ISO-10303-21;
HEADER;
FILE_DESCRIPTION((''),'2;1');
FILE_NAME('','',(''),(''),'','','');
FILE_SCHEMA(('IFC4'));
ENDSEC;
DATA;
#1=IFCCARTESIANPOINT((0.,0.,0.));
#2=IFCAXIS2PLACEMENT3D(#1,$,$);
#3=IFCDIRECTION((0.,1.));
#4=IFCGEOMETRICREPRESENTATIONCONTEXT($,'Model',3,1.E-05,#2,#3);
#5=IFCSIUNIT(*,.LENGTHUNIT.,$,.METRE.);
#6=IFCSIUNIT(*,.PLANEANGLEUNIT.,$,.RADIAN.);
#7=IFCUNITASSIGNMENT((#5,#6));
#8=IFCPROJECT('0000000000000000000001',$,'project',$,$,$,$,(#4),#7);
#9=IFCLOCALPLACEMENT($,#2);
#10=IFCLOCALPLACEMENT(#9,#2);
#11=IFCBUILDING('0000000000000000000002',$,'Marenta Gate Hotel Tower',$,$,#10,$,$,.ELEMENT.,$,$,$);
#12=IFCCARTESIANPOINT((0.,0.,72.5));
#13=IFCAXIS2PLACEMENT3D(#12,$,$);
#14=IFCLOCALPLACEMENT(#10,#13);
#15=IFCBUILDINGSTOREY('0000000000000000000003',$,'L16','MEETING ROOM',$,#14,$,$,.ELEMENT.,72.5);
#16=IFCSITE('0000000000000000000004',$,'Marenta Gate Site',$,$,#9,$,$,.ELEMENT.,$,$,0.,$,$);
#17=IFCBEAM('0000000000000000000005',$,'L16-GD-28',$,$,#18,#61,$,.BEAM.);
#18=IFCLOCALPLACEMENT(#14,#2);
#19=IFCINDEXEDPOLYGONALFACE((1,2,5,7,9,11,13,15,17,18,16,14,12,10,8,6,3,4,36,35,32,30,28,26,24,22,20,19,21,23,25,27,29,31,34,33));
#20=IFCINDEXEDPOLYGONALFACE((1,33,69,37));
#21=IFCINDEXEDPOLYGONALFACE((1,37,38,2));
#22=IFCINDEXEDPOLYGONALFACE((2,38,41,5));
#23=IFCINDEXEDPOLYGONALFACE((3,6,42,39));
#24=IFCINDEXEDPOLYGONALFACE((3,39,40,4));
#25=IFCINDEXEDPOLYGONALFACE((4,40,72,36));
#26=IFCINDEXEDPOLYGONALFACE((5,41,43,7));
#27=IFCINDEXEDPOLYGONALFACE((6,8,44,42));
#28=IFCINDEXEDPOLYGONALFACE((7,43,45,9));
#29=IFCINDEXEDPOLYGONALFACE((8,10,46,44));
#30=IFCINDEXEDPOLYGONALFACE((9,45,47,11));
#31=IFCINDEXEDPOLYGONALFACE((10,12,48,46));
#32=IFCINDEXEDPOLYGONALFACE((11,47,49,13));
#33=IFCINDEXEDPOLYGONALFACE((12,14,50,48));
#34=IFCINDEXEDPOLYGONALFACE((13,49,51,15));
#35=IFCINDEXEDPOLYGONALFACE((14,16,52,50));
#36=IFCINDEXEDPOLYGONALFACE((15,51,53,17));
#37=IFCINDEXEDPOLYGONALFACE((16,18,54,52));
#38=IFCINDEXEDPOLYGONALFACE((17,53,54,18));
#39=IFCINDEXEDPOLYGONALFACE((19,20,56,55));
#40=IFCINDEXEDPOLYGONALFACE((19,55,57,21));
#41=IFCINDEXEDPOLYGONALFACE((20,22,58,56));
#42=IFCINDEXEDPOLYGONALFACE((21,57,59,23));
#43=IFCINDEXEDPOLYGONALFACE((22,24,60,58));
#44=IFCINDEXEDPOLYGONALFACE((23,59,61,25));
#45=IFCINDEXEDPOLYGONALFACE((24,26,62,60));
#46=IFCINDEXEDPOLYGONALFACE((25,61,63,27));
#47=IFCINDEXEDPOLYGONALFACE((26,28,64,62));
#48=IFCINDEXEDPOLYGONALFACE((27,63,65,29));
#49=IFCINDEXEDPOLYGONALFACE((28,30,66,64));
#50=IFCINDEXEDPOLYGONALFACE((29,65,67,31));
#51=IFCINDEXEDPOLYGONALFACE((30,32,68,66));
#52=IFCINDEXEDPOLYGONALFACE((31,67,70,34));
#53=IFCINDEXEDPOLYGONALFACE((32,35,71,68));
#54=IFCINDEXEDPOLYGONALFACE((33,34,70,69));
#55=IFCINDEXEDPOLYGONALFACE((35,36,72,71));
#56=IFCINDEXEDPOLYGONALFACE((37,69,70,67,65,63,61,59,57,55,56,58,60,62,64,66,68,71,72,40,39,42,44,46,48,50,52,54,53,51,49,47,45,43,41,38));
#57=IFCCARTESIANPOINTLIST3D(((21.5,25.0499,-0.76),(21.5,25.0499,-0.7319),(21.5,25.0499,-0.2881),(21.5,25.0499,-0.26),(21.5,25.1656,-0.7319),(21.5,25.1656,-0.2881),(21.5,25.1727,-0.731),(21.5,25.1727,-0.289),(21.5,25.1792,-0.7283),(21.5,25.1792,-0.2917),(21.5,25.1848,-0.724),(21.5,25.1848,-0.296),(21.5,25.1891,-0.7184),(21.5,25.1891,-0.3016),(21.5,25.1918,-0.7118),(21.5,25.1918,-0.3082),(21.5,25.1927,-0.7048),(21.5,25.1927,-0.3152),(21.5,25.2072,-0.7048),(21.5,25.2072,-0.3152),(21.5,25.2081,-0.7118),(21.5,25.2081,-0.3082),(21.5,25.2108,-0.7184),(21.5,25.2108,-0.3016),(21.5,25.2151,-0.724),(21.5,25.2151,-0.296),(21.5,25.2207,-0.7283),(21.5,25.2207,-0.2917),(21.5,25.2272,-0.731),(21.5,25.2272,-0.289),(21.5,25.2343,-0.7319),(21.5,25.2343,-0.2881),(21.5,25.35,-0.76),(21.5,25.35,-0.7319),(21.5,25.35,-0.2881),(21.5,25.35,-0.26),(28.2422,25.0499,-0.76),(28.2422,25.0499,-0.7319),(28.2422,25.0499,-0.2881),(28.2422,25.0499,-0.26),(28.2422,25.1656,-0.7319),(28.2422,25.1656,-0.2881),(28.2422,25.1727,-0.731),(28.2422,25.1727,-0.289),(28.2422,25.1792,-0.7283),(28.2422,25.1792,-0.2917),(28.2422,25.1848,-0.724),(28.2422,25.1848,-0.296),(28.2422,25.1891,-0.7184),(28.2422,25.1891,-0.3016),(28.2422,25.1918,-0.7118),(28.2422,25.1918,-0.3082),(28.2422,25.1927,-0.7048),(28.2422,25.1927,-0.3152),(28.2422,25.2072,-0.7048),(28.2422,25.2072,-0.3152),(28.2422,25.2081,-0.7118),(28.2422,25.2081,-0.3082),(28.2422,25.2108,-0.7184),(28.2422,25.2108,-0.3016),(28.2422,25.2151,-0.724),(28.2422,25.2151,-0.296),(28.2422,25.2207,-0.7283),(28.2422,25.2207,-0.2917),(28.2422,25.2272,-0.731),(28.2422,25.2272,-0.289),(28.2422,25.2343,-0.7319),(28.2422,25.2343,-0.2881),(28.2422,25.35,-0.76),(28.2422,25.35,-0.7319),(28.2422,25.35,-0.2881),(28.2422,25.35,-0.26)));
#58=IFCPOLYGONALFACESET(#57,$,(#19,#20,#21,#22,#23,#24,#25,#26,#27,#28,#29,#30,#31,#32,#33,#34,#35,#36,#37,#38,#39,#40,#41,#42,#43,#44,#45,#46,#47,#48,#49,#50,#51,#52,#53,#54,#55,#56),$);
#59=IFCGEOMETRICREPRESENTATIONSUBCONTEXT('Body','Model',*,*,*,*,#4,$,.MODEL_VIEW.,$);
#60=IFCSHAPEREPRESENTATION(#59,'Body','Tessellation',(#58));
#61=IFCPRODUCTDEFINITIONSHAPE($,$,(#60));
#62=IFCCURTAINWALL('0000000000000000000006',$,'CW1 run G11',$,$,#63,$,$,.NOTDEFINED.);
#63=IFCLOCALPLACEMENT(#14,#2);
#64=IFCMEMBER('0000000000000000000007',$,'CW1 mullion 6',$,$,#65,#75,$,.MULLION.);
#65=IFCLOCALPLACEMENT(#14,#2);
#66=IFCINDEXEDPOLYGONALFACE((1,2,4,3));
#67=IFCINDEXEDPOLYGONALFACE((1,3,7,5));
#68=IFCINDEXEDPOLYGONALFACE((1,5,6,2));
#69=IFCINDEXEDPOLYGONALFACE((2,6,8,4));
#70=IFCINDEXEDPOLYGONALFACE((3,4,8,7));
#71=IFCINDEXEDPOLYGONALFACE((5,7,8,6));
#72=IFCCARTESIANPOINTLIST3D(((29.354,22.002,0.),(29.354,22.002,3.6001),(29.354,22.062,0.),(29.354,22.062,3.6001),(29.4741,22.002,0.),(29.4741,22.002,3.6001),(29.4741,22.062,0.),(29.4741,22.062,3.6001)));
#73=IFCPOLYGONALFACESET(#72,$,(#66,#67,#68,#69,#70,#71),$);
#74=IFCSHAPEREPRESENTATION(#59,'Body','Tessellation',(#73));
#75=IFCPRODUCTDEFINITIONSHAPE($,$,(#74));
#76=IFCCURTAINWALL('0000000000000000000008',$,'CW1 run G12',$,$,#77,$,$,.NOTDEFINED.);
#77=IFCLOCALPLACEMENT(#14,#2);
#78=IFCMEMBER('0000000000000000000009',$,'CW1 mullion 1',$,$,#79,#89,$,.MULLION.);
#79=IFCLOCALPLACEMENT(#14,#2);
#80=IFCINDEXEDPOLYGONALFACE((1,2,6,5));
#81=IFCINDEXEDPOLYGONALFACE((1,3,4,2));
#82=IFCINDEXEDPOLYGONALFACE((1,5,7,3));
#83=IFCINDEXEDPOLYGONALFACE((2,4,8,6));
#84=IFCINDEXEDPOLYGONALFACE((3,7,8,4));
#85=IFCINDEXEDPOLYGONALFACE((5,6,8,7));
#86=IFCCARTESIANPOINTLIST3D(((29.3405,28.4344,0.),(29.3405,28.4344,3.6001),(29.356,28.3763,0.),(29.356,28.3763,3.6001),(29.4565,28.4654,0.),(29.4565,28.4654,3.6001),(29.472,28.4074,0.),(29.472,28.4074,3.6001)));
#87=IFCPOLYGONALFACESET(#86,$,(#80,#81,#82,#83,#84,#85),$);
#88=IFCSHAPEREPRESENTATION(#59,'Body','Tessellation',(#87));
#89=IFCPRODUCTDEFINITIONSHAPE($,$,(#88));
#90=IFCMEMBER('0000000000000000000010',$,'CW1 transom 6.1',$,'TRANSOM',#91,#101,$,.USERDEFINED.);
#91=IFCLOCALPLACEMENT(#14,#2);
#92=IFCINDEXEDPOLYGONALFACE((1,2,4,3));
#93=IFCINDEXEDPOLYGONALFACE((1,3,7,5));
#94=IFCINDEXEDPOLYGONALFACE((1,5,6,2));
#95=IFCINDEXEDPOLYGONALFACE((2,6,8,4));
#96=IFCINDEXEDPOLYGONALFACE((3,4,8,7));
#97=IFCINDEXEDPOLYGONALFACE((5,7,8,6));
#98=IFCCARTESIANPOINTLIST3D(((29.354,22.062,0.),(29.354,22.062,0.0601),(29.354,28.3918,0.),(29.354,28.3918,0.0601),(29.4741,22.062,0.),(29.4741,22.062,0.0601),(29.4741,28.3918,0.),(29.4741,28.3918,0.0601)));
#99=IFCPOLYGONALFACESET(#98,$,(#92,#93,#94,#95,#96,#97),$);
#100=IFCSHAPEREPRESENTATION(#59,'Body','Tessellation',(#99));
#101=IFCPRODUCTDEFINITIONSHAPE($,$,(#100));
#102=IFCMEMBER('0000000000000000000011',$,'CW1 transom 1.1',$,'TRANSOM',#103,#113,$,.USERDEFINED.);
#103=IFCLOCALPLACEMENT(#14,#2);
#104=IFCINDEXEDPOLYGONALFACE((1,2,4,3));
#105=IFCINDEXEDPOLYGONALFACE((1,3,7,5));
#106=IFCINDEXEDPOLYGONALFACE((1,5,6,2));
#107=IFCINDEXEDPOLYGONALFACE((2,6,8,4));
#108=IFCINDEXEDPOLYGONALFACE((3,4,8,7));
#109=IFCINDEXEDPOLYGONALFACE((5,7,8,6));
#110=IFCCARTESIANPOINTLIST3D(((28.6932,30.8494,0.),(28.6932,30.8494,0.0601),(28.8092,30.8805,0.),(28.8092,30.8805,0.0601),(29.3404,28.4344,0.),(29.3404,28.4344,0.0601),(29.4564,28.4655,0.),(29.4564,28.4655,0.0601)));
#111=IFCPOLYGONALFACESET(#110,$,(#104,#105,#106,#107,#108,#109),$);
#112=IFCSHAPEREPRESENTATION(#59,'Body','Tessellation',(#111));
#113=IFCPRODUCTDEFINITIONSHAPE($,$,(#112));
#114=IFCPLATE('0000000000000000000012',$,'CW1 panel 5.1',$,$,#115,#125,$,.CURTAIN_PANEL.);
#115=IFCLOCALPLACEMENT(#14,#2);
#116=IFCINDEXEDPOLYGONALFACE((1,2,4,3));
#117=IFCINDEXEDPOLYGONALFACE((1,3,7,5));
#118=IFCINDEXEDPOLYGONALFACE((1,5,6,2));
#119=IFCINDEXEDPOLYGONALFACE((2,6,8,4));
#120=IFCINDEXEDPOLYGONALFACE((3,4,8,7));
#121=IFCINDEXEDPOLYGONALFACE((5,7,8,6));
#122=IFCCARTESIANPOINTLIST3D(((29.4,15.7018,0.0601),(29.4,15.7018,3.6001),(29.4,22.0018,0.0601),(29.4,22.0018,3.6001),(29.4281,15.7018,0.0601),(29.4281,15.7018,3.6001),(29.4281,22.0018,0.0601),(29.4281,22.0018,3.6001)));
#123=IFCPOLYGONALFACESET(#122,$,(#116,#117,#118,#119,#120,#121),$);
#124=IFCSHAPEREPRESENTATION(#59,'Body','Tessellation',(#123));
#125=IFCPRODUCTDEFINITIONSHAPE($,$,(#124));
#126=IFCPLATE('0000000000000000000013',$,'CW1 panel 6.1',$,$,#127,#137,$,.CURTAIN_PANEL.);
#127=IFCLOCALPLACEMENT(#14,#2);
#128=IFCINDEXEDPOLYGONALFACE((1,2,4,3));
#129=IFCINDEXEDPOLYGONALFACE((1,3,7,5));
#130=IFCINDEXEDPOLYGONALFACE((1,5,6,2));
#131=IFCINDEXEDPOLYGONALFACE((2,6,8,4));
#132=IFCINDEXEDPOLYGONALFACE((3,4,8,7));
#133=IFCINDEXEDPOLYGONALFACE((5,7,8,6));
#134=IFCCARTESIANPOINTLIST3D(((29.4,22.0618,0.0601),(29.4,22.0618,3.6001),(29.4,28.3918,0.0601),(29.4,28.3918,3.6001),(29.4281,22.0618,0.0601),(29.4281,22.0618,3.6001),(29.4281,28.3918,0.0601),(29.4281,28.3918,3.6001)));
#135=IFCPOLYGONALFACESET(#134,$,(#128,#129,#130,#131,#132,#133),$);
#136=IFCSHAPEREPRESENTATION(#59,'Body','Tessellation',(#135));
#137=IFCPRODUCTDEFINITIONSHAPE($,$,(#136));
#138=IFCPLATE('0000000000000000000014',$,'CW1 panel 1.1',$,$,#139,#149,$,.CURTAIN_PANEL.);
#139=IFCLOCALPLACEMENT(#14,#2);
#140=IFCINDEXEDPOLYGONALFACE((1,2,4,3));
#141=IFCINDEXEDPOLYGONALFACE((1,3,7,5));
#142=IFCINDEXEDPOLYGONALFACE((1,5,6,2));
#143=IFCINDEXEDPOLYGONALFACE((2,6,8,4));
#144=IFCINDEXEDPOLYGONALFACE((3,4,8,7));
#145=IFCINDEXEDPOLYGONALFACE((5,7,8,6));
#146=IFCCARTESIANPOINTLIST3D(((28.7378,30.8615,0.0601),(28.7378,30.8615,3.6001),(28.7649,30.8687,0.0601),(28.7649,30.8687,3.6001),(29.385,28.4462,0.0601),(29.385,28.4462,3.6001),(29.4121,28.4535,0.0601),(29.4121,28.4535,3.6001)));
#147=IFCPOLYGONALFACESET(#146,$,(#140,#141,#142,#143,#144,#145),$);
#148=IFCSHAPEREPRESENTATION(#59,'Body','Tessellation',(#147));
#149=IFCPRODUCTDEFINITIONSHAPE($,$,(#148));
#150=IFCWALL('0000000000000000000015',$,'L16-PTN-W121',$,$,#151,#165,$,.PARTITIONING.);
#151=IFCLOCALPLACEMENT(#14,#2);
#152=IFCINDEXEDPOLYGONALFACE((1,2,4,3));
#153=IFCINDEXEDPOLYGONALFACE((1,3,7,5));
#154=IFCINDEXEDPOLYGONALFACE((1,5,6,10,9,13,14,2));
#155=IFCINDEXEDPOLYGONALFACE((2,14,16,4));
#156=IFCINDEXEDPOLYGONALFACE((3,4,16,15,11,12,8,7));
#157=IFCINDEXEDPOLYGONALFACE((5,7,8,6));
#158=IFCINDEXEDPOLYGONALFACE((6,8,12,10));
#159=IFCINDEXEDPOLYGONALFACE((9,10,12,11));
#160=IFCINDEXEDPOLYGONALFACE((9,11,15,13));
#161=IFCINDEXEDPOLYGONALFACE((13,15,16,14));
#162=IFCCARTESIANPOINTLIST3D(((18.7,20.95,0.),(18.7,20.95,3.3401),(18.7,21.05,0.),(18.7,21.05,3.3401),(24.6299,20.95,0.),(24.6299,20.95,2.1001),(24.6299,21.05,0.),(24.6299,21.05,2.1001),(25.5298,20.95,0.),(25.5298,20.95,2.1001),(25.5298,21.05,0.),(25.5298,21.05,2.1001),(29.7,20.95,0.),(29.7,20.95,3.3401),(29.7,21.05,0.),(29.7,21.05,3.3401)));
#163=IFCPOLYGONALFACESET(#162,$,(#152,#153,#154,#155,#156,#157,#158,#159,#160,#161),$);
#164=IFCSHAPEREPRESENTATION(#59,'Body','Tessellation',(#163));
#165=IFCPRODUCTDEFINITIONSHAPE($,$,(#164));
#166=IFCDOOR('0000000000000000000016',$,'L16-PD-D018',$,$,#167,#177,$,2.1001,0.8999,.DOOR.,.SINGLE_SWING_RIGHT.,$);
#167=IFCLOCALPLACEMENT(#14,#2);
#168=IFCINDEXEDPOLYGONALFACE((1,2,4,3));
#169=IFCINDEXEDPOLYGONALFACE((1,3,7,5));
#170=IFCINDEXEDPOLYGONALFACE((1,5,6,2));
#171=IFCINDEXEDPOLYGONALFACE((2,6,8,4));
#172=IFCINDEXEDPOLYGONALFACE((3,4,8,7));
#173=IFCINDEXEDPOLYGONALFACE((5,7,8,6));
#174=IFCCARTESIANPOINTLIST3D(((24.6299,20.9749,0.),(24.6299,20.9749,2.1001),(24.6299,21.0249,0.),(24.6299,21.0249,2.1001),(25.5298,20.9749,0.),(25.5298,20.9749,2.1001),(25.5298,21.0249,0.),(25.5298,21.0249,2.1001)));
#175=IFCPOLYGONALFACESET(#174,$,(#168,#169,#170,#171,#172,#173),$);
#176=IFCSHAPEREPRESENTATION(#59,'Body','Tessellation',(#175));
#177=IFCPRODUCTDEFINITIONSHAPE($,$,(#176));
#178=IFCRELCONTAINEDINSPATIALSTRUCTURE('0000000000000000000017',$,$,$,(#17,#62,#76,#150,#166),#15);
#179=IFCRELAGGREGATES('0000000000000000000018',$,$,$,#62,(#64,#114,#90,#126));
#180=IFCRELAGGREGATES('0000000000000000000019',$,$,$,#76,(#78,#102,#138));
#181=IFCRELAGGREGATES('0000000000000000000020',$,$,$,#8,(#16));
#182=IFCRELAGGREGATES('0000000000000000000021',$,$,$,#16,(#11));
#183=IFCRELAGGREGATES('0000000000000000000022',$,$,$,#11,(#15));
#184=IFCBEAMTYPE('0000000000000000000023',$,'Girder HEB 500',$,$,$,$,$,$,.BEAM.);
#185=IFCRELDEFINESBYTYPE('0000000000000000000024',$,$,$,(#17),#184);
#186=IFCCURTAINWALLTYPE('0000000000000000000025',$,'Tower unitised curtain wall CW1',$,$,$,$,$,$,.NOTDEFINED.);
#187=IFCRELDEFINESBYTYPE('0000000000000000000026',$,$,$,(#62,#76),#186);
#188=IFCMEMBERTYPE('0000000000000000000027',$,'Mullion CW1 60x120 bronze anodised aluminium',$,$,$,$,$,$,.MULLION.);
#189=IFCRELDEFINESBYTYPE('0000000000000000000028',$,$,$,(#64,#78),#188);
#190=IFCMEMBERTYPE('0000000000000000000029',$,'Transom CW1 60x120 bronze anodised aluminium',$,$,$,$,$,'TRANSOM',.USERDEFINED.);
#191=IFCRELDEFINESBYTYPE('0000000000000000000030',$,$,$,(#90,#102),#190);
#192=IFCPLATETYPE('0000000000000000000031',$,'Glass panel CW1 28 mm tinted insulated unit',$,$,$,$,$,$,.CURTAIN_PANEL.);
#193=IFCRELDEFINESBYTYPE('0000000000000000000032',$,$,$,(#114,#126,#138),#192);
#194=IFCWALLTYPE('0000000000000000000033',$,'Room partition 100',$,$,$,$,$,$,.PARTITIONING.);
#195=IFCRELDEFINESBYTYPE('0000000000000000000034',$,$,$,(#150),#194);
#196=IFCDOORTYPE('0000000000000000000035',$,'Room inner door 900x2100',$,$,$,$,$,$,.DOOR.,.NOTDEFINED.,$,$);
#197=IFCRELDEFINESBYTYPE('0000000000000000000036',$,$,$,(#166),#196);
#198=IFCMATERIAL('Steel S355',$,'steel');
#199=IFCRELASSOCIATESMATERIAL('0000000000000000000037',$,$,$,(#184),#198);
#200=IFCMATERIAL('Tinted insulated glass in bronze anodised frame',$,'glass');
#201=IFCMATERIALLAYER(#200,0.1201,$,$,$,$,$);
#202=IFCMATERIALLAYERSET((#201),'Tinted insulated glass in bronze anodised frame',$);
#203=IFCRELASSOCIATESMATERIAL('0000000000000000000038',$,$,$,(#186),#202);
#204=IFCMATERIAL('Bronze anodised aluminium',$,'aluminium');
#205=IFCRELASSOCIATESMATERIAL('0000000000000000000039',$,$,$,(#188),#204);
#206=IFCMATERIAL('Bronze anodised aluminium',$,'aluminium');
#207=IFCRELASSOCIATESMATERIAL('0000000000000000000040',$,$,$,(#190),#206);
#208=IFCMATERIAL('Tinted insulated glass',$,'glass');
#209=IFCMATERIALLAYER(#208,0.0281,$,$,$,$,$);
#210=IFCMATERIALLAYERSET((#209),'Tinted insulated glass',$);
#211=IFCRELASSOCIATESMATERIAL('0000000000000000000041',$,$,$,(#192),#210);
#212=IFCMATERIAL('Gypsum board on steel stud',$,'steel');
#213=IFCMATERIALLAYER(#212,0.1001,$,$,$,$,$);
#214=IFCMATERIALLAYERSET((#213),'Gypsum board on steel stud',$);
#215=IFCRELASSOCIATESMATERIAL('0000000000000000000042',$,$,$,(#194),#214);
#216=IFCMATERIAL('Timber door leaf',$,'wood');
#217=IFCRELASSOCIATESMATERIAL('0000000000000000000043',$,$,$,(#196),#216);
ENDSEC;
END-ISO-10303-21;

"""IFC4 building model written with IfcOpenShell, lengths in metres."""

from ifc_helpers import new_model, si_unit, direction, frame, frame_2d, origin, origin_2d, place, context, subcontext, project, spatial, rectangle, i_section, extrude, material, layer, layer_set, material_profile, profile_set, type_object, element, fill, aggregate, save


model = new_model("IFC4")

# Units and contexts
model_context = context("Model", 3, precision=1e-05, world=origin(), true_north=direction((0.0, 1.0)))
body_context = subcontext(model_context, "Body", "Model", "MODEL_VIEW")
ifc_project = project(units=[si_unit("LENGTHUNIT", "METRE"), si_unit("PLANEANGLEUNIT", "RADIAN")], contexts=[model_context])

# Site, building, storey
site_placement = place(None, origin())
site = spatial("IfcSite", under=ifc_project, at=site_placement, Name="Marenta Gate Site", CompositionType="ELEMENT", RefElevation=0.0)
building_placement = place(site_placement, origin())
building = spatial("IfcBuilding", under=site, at=building_placement, Name="Marenta Gate Hotel Tower", CompositionType="ELEMENT")
storey_placement = place(building_placement, frame((0.0, 0.0, 72.5)))
storey = spatial("IfcBuildingStorey", under=building, at=storey_placement, Name="L16", Description="MEETING ROOM", CompositionType="ELEMENT", Elevation=72.5)

# Beam
ifc_material_1 = material(Name="Steel S355", Category="steel")
ifc_material_profile_1 = material_profile(ifc_material_1, i_section(OverallWidth=0.3, OverallDepth=0.5, WebThickness=0.0144, FlangeThickness=0.0281, FilletRadius=0.0271, at=origin_2d()), Name="HEB 500")
ifc_profile_set_1 = profile_set([ifc_material_profile_1], Name="Steel S355")
beam_type_1 = type_object("IfcBeamType", Name="Girder HEB 500", PredefinedType="BEAM", material=ifc_profile_set_1)
beam_1_placement = place(storey_placement, frame((21.5, 25.2, -0.51), z_axis=(1.0, 0.0, 0.0), x_axis=(0.0, 1.0, 0.0)))
element("IfcBeam", 1, at=beam_1_placement, inside=storey, type_object=beam_type_1, Name="L16-GD-28", PredefinedType="BEAM", context=body_context, shape_type="SweptSolid", body=[
    extrude(i_section(OverallWidth=0.3, OverallDepth=0.5, WebThickness=0.0144, FlangeThickness=0.0281, FilletRadius=0.0271, at=origin_2d()), origin(), (0.0, 0.0, 1.0), 6.7422),
])

# Curtain walls, members
ifc_material_2 = material(Name="Tinted insulated glass in bronze anodised frame", Category="glass")
ifc_layer_1 = layer(ifc_material_2, 0.1201)
ifc_layer_set_1 = layer_set([ifc_layer_1], Name="Tinted insulated glass in bronze anodised frame")
curtain_wall_type = type_object("IfcCurtainWallType", Name="Tower unitised curtain wall CW1", PredefinedType="NOTDEFINED", material=ifc_layer_set_1)
curtain_wall_1_placement = place(storey_placement, origin())
curtain_wall_1 = element("IfcCurtainWall", 2, at=curtain_wall_1_placement, inside=storey, type_object=curtain_wall_type, Name="CW1 run G11", PredefinedType="NOTDEFINED")
ifc_material_3 = material(Name="Bronze anodised aluminium", Category="aluminium")
ifc_material_profile_2 = material_profile(ifc_material_3, rectangle(XDim=0.1201, YDim=0.0601, at=origin_2d()), Name="Mullion CW1 60x120 bronze anodised aluminium")
ifc_profile_set_2 = profile_set([ifc_material_profile_2], Name="Bronze anodised aluminium")
member_type_1 = type_object("IfcMemberType", Name="Mullion CW1 60x120 bronze anodised aluminium", PredefinedType="MULLION", material=ifc_profile_set_2)
member_1_placement = place(storey_placement, frame((29.4141, 22.032, 0.0), z_axis=(0.0, 0.0, 1.0), x_axis=(-1.0, 0.0, 0.0)))
member_1 = element("IfcMember", 3, at=member_1_placement, type_object=member_type_1, Name="CW1 mullion 6", PredefinedType="MULLION", context=body_context, shape_type="SweptSolid", body=[
    extrude(rectangle(XDim=0.1201, YDim=0.0601, at=origin_2d()), origin(), (0.0, 0.0, 1.0), 3.6001),
])
curtain_wall_2_placement = place(storey_placement, origin())
curtain_wall_2 = element("IfcCurtainWall", 4, at=curtain_wall_2_placement, inside=storey, type_object=curtain_wall_type, Name="CW1 run G12", PredefinedType="NOTDEFINED")
member_2_placement = place(storey_placement, frame((29.4062, 28.4209, 0.0), z_axis=(0.0, 0.0, 1.0), x_axis=(-0.965925, -0.258822, 0.0)))
member_2 = element("IfcMember", 5, at=member_2_placement, type_object=member_type_1, Name="CW1 mullion 1", PredefinedType="MULLION", context=body_context, shape_type="SweptSolid", body=[
    extrude(rectangle(XDim=0.1201, YDim=0.0601, at=origin_2d()), origin(), (0.0, 0.0, 1.0), 3.6001),
])

# Members
ifc_material_4 = material(Name="Bronze anodised aluminium", Category="aluminium")
ifc_material_profile_3 = material_profile(ifc_material_4, rectangle(XDim=0.1201, YDim=0.0601, at=origin_2d()), Name="Transom CW1 60x120 bronze anodised aluminium")
ifc_profile_set_3 = profile_set([ifc_material_profile_3], Name="Bronze anodised aluminium")
member_type_2 = type_object("IfcMemberType", Name="Transom CW1 60x120 bronze anodised aluminium", ElementType="TRANSOM", PredefinedType="USERDEFINED", material=ifc_profile_set_3)
member_3_placement = place(storey_placement, frame((29.4141, 22.062, 0.03), z_axis=(0.0, 1.0, 0.0), x_axis=(-1.0, 0.0, 0.0)))
member_3 = element("IfcMember", 6, at=member_3_placement, type_object=member_type_2, Name="CW1 transom 6.1", ObjectType="TRANSOM", PredefinedType="USERDEFINED", context=body_context, shape_type="SweptSolid", body=[
    extrude(rectangle(XDim=0.1201, YDim=0.0601, at=origin_2d()), origin(), (0.0, 0.0, 1.0), 6.3298),
])
member_4_placement = place(storey_placement, frame((29.3984, 28.45, 0.03), z_axis=(-0.25886, 0.965915, 0.0), x_axis=(-0.965915, -0.25886, 0.0)))
member_4 = element("IfcMember", 7, at=member_4_placement, type_object=member_type_2, Name="CW1 transom 1.1", ObjectType="TRANSOM", PredefinedType="USERDEFINED", context=body_context, shape_type="SweptSolid", body=[
    extrude(rectangle(XDim=0.1201, YDim=0.0601, at=origin_2d()), origin(), (0.0, 0.0, 1.0), 2.5002),
])

# Plates
ifc_material_5 = material(Name="Tinted insulated glass", Category="glass")
ifc_layer_2 = layer(ifc_material_5, 0.0281)
ifc_layer_set_2 = layer_set([ifc_layer_2], Name="Tinted insulated glass")
plate_type = type_object("IfcPlateType", Name="Glass panel CW1 28 mm tinted insulated unit", PredefinedType="CURTAIN_PANEL", material=ifc_layer_set_2)
plate_1_placement = place(storey_placement, frame((29.4141, 18.8518, 0.0601), z_axis=(0.0, 0.0, 1.0), x_axis=(0.0, 1.0, 0.0)))
plate_1 = element("IfcPlate", 8, at=plate_1_placement, type_object=plate_type, Name="CW1 panel 5.1", PredefinedType="CURTAIN_PANEL", context=body_context, shape_type="SweptSolid", body=[
    extrude(rectangle(XDim=6.3, YDim=0.0281, at=origin_2d()), origin(), (0.0, 0.0, 1.0), 3.54),
])
plate_2_placement = place(storey_placement, frame((29.4141, 25.2268, 0.0601), z_axis=(0.0, 0.0, 1.0), x_axis=(0.0, 1.0, 0.0)))
plate_2 = element("IfcPlate", 9, at=plate_2_placement, type_object=plate_type, Name="CW1 panel 6.1", PredefinedType="CURTAIN_PANEL", context=body_context, shape_type="SweptSolid", body=[
    extrude(rectangle(XDim=6.3301, YDim=0.0281, at=origin_2d()), origin(), (0.0, 0.0, 1.0), 3.54),
])
aggregate(curtain_wall_1, [member_1, plate_1, member_3, plate_2])
plate_3_placement = place(storey_placement, frame((29.075, 29.6575, 0.0601), z_axis=(0.0, 0.0, 1.0), x_axis=(-0.258822, 0.965925, 0.0)))
plate_3 = element("IfcPlate", 10, at=plate_3_placement, type_object=plate_type, Name="CW1 panel 1.1", PredefinedType="CURTAIN_PANEL", context=body_context, shape_type="SweptSolid", body=[
    extrude(rectangle(XDim=2.5005, YDim=0.0281, at=origin_2d()), origin(), (0.0, 0.0, 1.0), 3.54),
])
aggregate(curtain_wall_2, [member_2, member_4, plate_3])

# Wall, opening, door
ifc_material_6 = material(Name="Gypsum board on steel stud", Category="steel")
ifc_layer_3 = layer(ifc_material_6, 0.1001)
ifc_layer_set_3 = layer_set([ifc_layer_3], Name="Gypsum board on steel stud")
wall_type_1 = type_object("IfcWallType", Name="Room partition 100", PredefinedType="PARTITIONING", material=ifc_layer_set_3)
wall_1_placement = place(storey_placement, frame((18.7, 21.0, 0.0), z_axis=(0.0, 0.0, 1.0), x_axis=(1.0, 0.0, 0.0)))
wall_1 = element("IfcWall", 11, at=wall_1_placement, inside=storey, type_object=wall_type_1, Name="L16-PTN-W121", PredefinedType="PARTITIONING", context=body_context, shape_type="SweptSolid", body=[
    extrude(rectangle(XDim=11.0, YDim=0.1001, at=frame_2d((5.5, 0.0))), origin(), (0.0, 0.0, 1.0), 3.3401),
])
opening_placement = place(wall_1_placement, frame((5.9299, 0.0, 0.0)))
opening = element("IfcOpeningElement", 12, at=opening_placement, cuts=wall_1, PredefinedType="OPENING", context=body_context, shape_type="SweptSolid", body=[
    extrude(rectangle(XDim=0.8999, YDim=2.1001, at=frame_2d((0.45, 1.05))), frame((0.0, 0.05, 0.0), z_axis=(0.0, -1.0, 0.0), x_axis=(1.0, 0.0, 0.0)), (0.0, 0.0, 1.0), 0.1001),
])
ifc_material_7 = material(Name="Timber door leaf", Category="wood")
door_type = type_object("IfcDoorType", Name="Room inner door 900x2100", OperationType="NOTDEFINED", PredefinedType="DOOR", material=ifc_material_7)
door_placement = place(opening_placement, origin())
door = element("IfcDoor", 13, at=door_placement, inside=storey, type_object=door_type, Name="L16-PD-D018", OperationType="SINGLE_SWING_RIGHT", OverallHeight=2.1001, OverallWidth=0.8999, PredefinedType="DOOR", context=body_context, shape_type="SweptSolid", body=[
    extrude(rectangle(XDim=0.8999, YDim=2.1001, at=frame_2d((0.45, 1.05))), frame((0.0, 0.0249, 0.0), z_axis=(0.0, -1.0, 0.0), x_axis=(1.0, 0.0, 0.0)), (0.0, 0.0, 1.0), 0.05),
])
fill(opening, door)

save(model, "model.ifc")
